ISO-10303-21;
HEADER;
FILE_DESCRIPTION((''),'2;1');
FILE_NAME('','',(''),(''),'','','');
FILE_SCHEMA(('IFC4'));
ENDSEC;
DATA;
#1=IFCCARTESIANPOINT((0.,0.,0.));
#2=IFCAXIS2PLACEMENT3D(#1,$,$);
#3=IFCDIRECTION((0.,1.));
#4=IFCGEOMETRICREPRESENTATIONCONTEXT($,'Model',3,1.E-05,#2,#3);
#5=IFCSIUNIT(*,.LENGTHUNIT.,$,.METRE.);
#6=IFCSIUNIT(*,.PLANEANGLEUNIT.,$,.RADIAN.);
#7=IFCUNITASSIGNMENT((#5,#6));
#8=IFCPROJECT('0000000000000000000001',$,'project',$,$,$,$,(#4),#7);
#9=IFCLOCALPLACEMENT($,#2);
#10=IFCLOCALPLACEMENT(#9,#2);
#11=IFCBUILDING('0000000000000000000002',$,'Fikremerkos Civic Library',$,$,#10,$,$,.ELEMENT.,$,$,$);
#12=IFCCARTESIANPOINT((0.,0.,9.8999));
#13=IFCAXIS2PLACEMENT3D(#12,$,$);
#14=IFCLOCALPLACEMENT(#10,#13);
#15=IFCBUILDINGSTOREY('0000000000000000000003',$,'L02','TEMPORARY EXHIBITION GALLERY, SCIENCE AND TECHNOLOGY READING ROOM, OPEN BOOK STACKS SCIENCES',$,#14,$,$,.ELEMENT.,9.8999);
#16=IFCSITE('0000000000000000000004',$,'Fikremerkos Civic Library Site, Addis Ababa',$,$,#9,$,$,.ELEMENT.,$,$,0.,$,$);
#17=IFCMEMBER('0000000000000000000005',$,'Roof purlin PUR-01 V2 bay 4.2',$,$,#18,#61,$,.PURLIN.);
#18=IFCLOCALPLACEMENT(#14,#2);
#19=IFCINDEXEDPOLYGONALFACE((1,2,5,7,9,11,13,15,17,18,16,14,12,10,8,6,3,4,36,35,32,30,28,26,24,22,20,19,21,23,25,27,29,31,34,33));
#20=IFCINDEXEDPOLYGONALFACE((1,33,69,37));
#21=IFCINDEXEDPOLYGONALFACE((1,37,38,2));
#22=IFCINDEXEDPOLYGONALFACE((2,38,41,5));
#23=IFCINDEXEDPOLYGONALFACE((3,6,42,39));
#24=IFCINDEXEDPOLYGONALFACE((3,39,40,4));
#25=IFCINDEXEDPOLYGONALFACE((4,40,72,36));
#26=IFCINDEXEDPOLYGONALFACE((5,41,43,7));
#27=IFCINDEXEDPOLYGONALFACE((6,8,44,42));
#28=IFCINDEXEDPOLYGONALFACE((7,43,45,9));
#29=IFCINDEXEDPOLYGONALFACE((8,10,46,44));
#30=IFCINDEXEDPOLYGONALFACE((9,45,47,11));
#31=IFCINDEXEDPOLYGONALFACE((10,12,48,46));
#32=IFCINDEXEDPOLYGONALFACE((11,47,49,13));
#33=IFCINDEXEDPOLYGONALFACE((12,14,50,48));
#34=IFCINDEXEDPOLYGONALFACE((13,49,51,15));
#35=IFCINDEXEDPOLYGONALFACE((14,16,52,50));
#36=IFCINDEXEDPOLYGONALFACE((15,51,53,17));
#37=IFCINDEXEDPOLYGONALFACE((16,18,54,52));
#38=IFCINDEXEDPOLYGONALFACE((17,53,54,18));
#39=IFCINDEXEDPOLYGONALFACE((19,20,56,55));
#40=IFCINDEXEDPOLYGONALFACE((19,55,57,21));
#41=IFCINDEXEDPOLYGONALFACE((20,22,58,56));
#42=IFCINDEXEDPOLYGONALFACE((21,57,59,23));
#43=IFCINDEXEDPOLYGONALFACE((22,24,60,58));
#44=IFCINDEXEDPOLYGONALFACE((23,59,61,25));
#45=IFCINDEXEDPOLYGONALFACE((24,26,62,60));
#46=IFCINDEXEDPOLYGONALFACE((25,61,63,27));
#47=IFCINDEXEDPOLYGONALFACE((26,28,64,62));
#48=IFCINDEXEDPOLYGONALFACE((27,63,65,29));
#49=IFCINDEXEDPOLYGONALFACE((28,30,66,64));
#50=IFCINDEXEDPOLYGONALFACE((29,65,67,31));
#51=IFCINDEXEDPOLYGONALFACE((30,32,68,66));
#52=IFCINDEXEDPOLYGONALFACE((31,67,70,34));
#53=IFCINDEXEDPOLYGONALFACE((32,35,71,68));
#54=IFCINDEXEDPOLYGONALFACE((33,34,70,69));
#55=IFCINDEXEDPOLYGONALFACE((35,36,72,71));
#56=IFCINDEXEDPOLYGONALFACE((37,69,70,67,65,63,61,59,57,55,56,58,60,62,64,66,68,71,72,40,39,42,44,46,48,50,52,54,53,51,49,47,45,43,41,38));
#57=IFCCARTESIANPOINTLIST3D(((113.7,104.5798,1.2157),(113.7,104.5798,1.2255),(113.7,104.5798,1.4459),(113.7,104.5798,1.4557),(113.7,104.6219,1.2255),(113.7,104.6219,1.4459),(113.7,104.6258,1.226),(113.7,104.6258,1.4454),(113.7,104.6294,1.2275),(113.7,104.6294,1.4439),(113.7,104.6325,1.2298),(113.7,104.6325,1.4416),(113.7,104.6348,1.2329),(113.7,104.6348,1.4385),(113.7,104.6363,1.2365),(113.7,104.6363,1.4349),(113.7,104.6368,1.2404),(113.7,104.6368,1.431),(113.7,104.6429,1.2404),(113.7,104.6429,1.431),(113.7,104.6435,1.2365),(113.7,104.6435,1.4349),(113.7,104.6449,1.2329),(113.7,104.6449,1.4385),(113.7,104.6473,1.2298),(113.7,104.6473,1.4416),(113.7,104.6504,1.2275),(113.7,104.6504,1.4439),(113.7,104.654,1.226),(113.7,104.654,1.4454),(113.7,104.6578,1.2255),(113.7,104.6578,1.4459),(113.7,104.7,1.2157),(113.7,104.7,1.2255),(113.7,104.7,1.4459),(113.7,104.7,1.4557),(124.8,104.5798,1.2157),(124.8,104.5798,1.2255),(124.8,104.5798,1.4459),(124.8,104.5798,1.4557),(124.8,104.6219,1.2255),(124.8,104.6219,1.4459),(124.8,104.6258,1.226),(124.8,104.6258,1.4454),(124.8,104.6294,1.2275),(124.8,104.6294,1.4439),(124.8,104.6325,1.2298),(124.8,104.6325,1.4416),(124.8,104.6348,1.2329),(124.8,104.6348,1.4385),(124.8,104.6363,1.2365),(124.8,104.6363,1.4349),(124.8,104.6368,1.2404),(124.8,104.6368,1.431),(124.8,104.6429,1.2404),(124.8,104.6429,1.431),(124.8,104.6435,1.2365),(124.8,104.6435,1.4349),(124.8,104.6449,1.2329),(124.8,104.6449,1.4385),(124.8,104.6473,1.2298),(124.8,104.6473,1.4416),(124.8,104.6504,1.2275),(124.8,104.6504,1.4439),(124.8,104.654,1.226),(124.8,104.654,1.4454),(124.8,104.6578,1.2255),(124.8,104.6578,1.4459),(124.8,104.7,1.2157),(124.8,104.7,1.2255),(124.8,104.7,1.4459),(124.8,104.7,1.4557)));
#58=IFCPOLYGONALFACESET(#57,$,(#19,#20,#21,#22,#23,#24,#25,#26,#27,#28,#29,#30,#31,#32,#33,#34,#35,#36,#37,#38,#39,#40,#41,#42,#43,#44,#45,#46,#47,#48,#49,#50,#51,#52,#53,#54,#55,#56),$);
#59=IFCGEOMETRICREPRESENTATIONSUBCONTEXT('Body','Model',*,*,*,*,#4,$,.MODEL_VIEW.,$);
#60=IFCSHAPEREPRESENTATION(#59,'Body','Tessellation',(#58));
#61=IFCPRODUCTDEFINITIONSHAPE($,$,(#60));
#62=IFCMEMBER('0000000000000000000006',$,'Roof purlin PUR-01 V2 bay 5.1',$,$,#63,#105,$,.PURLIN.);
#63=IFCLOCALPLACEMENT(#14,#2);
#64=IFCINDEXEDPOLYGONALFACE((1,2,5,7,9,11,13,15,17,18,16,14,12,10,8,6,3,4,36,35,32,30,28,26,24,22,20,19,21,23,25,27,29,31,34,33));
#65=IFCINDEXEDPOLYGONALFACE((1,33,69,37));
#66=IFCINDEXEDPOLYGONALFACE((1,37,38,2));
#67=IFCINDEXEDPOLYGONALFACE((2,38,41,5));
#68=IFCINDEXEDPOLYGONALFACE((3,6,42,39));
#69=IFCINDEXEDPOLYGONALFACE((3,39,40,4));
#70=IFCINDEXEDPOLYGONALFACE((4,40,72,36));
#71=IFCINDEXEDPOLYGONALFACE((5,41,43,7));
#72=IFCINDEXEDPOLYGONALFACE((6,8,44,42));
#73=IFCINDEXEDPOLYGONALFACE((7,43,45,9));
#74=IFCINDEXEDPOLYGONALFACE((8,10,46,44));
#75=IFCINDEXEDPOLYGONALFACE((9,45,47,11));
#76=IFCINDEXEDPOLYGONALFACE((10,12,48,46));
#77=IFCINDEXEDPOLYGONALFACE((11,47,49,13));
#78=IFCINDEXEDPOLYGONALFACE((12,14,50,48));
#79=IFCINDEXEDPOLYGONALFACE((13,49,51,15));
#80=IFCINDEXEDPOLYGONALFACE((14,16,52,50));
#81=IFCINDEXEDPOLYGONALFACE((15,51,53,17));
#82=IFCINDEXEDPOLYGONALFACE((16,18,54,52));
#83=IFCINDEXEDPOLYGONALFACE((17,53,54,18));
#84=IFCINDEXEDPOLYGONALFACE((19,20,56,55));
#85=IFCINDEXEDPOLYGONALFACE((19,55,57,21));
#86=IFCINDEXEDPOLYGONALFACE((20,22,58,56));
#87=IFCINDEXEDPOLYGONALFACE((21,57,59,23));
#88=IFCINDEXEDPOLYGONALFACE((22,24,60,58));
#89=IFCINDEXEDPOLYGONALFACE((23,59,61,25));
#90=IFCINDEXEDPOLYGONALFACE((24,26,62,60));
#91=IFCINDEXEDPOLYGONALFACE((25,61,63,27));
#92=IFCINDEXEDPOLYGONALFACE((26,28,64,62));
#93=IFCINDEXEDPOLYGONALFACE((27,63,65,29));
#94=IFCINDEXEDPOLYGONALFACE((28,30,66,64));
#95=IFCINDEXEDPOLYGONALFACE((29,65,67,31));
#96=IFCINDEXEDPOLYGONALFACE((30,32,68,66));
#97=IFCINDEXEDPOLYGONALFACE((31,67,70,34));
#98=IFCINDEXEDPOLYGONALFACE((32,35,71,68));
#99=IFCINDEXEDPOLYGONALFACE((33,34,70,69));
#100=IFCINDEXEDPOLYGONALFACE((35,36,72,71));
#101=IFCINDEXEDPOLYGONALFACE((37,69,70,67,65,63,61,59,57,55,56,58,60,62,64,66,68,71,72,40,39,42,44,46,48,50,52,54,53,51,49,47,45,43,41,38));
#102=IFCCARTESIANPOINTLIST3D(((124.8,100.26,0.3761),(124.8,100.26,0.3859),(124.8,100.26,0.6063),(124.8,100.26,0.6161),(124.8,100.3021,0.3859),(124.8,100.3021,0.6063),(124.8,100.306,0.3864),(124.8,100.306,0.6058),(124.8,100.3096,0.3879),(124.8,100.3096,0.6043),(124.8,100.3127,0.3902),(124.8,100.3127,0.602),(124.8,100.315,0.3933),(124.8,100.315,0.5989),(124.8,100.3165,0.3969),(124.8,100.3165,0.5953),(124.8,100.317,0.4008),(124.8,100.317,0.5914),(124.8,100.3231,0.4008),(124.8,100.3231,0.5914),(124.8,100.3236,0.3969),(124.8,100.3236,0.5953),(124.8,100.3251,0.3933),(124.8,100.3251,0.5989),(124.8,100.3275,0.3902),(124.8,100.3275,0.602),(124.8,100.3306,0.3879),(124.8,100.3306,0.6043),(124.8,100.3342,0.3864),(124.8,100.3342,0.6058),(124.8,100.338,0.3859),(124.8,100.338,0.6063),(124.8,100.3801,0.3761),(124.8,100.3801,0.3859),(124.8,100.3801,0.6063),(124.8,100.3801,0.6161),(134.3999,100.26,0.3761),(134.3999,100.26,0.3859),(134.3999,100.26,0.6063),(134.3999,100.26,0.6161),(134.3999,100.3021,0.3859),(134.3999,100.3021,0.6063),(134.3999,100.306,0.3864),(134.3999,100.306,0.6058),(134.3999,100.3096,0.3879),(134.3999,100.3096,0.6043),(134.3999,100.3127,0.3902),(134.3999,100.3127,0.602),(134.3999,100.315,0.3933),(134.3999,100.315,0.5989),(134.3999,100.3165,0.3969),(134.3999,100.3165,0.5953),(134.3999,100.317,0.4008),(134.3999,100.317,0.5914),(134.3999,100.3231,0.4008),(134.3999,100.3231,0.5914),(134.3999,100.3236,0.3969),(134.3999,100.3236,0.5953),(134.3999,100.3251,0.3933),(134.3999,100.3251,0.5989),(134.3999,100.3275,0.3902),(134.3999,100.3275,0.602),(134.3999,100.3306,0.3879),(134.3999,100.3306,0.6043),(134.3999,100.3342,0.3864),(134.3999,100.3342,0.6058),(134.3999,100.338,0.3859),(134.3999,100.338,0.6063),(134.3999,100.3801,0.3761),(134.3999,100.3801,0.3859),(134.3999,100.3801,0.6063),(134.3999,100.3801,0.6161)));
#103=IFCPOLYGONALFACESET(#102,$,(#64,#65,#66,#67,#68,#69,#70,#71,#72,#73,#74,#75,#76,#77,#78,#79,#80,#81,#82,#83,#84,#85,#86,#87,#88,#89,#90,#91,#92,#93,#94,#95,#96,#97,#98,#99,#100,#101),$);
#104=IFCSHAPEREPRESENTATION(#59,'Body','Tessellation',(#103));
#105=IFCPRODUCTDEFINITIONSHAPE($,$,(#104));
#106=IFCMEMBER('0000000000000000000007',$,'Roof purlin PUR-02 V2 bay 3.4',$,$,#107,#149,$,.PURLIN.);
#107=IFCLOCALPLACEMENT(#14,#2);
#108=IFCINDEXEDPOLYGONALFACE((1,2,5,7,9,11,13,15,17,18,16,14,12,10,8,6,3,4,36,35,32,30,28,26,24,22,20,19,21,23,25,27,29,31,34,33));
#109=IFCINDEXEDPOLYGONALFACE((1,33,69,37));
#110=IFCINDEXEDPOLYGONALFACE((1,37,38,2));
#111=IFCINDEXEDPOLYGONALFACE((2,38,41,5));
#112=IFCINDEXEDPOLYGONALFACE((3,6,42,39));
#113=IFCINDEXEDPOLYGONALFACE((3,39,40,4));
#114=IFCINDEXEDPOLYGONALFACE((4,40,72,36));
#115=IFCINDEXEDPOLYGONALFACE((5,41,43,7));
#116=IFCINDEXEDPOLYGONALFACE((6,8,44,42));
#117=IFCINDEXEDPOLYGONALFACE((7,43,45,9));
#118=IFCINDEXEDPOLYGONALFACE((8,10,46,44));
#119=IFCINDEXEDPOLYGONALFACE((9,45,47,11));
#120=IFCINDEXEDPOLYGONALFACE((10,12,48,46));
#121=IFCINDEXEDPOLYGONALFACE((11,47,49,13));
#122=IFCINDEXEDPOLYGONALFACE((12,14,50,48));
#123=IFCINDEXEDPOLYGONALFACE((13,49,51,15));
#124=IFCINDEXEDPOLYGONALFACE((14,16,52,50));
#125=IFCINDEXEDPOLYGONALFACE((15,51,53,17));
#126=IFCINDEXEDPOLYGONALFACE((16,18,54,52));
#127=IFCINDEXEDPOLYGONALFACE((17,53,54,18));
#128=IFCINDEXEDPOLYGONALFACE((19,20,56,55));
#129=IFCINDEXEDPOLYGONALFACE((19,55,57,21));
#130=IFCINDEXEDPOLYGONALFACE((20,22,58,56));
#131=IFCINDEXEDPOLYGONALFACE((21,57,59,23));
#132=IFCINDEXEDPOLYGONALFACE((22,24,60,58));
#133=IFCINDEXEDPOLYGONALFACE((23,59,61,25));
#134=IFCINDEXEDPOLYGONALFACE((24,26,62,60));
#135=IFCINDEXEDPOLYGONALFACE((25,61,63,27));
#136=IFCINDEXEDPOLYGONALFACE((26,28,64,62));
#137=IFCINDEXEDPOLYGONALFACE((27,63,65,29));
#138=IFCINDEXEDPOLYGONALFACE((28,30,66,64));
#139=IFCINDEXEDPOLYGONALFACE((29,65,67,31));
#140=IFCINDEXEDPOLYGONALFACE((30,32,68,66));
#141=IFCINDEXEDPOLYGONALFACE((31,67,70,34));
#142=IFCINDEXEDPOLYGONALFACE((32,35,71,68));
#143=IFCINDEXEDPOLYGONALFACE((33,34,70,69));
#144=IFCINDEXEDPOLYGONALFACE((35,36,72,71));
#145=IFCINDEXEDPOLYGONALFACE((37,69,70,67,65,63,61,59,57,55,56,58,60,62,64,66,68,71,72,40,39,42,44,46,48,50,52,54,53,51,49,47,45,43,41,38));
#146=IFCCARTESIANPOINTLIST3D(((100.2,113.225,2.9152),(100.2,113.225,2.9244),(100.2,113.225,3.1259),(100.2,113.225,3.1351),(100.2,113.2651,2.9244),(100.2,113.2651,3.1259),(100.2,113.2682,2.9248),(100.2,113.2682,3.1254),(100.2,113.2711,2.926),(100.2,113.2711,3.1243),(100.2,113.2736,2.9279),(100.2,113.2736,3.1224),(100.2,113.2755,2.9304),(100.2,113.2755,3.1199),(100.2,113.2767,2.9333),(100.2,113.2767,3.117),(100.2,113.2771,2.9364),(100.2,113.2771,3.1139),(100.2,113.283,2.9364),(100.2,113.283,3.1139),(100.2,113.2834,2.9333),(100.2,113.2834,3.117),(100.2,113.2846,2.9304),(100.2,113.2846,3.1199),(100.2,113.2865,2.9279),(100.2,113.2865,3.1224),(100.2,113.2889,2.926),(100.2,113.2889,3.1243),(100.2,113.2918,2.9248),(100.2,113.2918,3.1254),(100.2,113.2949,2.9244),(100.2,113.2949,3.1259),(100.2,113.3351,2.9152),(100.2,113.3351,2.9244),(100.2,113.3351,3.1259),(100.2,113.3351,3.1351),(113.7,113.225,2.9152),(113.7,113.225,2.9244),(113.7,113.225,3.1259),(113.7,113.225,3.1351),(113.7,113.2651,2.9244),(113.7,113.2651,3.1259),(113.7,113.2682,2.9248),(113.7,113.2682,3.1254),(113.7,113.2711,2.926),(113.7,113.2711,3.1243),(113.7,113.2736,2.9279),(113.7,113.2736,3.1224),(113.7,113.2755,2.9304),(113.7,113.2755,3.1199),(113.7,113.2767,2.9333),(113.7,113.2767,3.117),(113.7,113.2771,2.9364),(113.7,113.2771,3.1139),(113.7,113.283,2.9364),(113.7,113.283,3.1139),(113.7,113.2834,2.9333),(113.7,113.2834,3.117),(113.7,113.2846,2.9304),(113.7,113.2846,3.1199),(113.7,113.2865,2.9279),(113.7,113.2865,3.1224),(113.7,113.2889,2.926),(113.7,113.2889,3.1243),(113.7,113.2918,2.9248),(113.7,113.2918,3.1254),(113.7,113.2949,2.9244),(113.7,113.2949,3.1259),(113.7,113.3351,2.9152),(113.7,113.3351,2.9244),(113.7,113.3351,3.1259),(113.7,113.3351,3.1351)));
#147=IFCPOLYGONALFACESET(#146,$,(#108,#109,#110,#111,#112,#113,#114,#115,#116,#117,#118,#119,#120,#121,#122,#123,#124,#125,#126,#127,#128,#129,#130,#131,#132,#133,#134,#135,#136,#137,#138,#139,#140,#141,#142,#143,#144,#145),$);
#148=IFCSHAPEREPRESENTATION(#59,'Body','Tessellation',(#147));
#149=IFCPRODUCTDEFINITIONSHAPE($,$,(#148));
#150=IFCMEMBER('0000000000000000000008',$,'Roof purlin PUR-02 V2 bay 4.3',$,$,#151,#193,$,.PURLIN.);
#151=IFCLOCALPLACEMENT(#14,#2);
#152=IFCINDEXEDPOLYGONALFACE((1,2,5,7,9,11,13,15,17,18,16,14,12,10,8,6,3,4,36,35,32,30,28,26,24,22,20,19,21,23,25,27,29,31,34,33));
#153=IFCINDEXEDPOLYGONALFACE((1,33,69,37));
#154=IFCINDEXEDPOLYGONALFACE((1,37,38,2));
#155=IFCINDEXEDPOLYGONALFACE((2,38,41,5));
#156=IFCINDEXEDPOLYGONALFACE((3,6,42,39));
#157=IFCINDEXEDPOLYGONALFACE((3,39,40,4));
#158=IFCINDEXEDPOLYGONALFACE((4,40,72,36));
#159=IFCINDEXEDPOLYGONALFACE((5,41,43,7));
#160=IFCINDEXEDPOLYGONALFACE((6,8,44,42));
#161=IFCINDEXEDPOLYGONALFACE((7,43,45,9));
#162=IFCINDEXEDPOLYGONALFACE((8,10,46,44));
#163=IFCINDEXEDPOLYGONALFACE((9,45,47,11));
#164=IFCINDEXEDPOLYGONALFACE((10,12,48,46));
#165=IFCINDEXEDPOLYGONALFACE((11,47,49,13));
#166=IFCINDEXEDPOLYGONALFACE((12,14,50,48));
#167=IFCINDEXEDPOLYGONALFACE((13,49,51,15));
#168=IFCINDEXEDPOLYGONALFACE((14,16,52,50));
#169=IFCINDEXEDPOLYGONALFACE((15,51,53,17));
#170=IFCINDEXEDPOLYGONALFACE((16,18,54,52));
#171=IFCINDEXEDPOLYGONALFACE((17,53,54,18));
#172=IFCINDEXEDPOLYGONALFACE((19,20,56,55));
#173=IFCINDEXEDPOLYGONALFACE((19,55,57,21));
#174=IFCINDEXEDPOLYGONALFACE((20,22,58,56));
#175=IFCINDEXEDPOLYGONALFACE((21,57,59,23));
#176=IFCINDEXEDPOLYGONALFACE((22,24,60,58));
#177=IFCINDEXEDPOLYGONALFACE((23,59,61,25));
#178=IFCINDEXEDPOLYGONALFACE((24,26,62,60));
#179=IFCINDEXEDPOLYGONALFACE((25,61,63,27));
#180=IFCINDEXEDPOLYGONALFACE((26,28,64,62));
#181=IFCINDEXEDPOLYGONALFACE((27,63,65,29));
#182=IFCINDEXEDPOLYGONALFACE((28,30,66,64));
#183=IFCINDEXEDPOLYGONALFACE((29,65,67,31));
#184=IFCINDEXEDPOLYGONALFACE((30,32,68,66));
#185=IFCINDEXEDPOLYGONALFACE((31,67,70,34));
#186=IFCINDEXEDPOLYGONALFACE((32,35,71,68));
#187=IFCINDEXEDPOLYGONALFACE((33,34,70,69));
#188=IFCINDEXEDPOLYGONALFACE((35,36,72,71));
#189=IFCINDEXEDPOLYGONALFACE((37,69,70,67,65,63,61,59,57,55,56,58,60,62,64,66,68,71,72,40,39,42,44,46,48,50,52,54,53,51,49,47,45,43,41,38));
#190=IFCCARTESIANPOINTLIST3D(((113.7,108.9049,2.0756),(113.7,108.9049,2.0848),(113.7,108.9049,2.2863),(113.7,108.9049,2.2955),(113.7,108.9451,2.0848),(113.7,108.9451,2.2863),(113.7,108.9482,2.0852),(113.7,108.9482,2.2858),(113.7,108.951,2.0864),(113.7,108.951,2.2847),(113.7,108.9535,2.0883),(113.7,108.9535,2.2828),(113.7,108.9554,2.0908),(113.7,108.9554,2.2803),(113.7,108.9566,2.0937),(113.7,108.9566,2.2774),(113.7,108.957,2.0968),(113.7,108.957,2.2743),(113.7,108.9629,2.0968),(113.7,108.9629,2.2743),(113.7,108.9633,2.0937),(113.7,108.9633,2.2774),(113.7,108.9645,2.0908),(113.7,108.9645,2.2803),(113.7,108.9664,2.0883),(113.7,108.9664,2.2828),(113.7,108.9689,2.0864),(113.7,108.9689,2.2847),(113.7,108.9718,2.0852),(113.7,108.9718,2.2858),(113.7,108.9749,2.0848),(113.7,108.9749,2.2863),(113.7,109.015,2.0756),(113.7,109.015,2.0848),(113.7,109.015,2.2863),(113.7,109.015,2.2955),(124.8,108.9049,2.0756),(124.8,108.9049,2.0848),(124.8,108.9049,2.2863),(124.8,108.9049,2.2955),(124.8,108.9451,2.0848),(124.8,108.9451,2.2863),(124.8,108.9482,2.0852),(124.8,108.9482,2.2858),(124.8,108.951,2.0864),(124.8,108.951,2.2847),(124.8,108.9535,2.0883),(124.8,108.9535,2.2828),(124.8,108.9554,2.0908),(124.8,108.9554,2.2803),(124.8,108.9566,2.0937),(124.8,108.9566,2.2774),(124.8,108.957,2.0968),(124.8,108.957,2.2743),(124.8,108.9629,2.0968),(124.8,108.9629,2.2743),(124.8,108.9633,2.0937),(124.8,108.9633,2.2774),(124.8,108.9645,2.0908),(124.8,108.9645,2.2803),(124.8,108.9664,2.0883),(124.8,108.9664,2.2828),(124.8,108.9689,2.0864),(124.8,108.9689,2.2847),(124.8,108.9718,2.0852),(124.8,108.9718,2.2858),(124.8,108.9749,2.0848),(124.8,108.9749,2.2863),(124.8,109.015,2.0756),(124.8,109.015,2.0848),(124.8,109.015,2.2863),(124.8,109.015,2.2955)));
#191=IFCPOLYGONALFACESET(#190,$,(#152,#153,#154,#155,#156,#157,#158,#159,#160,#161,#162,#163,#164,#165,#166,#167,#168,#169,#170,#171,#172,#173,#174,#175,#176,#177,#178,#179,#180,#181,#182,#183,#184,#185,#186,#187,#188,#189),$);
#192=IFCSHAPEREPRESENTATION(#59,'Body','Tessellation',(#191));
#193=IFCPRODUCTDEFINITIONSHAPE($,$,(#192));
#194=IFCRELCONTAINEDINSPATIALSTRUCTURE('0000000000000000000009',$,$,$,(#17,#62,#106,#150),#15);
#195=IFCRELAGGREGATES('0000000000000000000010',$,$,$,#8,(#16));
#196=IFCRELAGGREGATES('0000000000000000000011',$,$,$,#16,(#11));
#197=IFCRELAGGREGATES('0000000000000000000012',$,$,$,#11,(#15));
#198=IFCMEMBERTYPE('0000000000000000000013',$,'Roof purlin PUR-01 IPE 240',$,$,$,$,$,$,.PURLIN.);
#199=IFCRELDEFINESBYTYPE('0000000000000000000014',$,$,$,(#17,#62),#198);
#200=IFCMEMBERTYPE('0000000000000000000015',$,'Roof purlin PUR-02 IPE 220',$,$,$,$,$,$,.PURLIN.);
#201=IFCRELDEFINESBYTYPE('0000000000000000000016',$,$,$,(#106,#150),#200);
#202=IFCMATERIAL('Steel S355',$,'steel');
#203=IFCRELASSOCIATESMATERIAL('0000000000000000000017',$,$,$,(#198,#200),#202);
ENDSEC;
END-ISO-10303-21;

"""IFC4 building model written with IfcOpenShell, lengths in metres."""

from ifc_helpers import new_model, si_unit, direction, frame, origin, origin_2d, place, context, subcontext, project, spatial, i_section, extrude, material, material_profile, profile_set, type_object, element, save


model = new_model("IFC4")

# Units and contexts
model_context = context("Model", 3, precision=1e-05, world=origin(), true_north=direction((0.0, 1.0)))
body_context = subcontext(model_context, "Body", "Model", "MODEL_VIEW")
ifc_project = project(units=[si_unit("LENGTHUNIT", "METRE"), si_unit("PLANEANGLEUNIT", "RADIAN")], contexts=[model_context])

# Site, building, storey
site_placement = place(None, origin())
site = spatial("IfcSite", under=ifc_project, at=site_placement, Name="Fikremerkos Civic Library Site, Addis Ababa", CompositionType="ELEMENT", RefElevation=0.0)
building_placement = place(site_placement, origin())
building = spatial("IfcBuilding", under=site, at=building_placement, Name="Fikremerkos Civic Library", CompositionType="ELEMENT")
storey_placement = place(building_placement, frame((0.0, 0.0, 9.8999)))
storey = spatial("IfcBuildingStorey", under=building, at=storey_placement, Name="L02", Description="TEMPORARY EXHIBITION GALLERY, SCIENCE AND TECHNOLOGY READING ROOM, OPEN BOOK STACKS SCIENCES", CompositionType="ELEMENT", Elevation=9.8999)

# Shared definitions
ifc_material_1 = material(Name="Steel S355", Category="steel")

# Members
ifc_material_profile_1 = material_profile(ifc_material_1, i_section(OverallWidth=0.1201, OverallDepth=0.24, WebThickness=0.0061, FlangeThickness=0.0098, FilletRadius=0.0149, at=origin_2d()), Name="IPE 240")
ifc_profile_set_1 = profile_set([ifc_material_profile_1], Name="Steel S355")
member_type_1 = type_object("IfcMemberType", Name="Roof purlin PUR-01 IPE 240", PredefinedType="PURLIN", material=ifc_profile_set_1)
member_1_placement = place(storey_placement, frame((113.7, 104.6399, 1.3357), z_axis=(1.0, 0.0, 0.0), x_axis=(0.0, 1.0, 0.0)))
element("IfcMember", 1, at=member_1_placement, inside=storey, type_object=member_type_1, Name="Roof purlin PUR-01 V2 bay 4.2", PredefinedType="PURLIN", context=body_context, shape_type="SweptSolid", body=[
    extrude(i_section(OverallWidth=0.1201, OverallDepth=0.24, WebThickness=0.0061, FlangeThickness=0.0098, FilletRadius=0.0149, at=origin_2d()), origin(), (0.0, 0.0, 1.0), 11.1001),
])
member_2_placement = place(storey_placement, frame((124.8, 100.3201, 0.4961), z_axis=(1.0, 0.0, 0.0), x_axis=(0.0, 1.0, 0.0)))
element("IfcMember", 2, at=member_2_placement, inside=storey, type_object=member_type_1, Name="Roof purlin PUR-01 V2 bay 5.1", PredefinedType="PURLIN", context=body_context, shape_type="SweptSolid", body=[
    extrude(i_section(OverallWidth=0.1201, OverallDepth=0.24, WebThickness=0.0061, FlangeThickness=0.0098, FilletRadius=0.0149, at=origin_2d()), origin(), (0.0, 0.0, 1.0), 9.5999),
])
ifc_material_profile_2 = material_profile(ifc_material_1, i_section(OverallWidth=0.1101, OverallDepth=0.22, WebThickness=0.0059, FlangeThickness=0.0093, FilletRadius=0.012, at=origin_2d()), Name="IPE 220")
ifc_profile_set_2 = profile_set([ifc_material_profile_2], Name="Steel S355")
member_type_2 = type_object("IfcMemberType", Name="Roof purlin PUR-02 IPE 220", PredefinedType="PURLIN", material=ifc_profile_set_2)
member_3_placement = place(storey_placement, frame((100.2, 113.28, 3.0251), z_axis=(1.0, 0.0, 0.0), x_axis=(0.0, 1.0, 0.0)))
element("IfcMember", 3, at=member_3_placement, inside=storey, type_object=member_type_2, Name="Roof purlin PUR-02 V2 bay 3.4", PredefinedType="PURLIN", context=body_context, shape_type="SweptSolid", body=[
    extrude(i_section(OverallWidth=0.1101, OverallDepth=0.22, WebThickness=0.0059, FlangeThickness=0.0093, FilletRadius=0.012, at=origin_2d()), origin(), (0.0, 0.0, 1.0), 13.5),
])
member_4_placement = place(storey_placement, frame((113.7, 108.96, 2.1855), z_axis=(1.0, 0.0, 0.0), x_axis=(0.0, 1.0, 0.0)))
element("IfcMember", 4, at=member_4_placement, inside=storey, type_object=member_type_2, Name="Roof purlin PUR-02 V2 bay 4.3", PredefinedType="PURLIN", context=body_context, shape_type="SweptSolid", body=[
    extrude(i_section(OverallWidth=0.1101, OverallDepth=0.22, WebThickness=0.0059, FlangeThickness=0.0093, FilletRadius=0.012, at=origin_2d()), origin(), (0.0, 0.0, 1.0), 11.1001),
])

save(model, "model.ifc")
